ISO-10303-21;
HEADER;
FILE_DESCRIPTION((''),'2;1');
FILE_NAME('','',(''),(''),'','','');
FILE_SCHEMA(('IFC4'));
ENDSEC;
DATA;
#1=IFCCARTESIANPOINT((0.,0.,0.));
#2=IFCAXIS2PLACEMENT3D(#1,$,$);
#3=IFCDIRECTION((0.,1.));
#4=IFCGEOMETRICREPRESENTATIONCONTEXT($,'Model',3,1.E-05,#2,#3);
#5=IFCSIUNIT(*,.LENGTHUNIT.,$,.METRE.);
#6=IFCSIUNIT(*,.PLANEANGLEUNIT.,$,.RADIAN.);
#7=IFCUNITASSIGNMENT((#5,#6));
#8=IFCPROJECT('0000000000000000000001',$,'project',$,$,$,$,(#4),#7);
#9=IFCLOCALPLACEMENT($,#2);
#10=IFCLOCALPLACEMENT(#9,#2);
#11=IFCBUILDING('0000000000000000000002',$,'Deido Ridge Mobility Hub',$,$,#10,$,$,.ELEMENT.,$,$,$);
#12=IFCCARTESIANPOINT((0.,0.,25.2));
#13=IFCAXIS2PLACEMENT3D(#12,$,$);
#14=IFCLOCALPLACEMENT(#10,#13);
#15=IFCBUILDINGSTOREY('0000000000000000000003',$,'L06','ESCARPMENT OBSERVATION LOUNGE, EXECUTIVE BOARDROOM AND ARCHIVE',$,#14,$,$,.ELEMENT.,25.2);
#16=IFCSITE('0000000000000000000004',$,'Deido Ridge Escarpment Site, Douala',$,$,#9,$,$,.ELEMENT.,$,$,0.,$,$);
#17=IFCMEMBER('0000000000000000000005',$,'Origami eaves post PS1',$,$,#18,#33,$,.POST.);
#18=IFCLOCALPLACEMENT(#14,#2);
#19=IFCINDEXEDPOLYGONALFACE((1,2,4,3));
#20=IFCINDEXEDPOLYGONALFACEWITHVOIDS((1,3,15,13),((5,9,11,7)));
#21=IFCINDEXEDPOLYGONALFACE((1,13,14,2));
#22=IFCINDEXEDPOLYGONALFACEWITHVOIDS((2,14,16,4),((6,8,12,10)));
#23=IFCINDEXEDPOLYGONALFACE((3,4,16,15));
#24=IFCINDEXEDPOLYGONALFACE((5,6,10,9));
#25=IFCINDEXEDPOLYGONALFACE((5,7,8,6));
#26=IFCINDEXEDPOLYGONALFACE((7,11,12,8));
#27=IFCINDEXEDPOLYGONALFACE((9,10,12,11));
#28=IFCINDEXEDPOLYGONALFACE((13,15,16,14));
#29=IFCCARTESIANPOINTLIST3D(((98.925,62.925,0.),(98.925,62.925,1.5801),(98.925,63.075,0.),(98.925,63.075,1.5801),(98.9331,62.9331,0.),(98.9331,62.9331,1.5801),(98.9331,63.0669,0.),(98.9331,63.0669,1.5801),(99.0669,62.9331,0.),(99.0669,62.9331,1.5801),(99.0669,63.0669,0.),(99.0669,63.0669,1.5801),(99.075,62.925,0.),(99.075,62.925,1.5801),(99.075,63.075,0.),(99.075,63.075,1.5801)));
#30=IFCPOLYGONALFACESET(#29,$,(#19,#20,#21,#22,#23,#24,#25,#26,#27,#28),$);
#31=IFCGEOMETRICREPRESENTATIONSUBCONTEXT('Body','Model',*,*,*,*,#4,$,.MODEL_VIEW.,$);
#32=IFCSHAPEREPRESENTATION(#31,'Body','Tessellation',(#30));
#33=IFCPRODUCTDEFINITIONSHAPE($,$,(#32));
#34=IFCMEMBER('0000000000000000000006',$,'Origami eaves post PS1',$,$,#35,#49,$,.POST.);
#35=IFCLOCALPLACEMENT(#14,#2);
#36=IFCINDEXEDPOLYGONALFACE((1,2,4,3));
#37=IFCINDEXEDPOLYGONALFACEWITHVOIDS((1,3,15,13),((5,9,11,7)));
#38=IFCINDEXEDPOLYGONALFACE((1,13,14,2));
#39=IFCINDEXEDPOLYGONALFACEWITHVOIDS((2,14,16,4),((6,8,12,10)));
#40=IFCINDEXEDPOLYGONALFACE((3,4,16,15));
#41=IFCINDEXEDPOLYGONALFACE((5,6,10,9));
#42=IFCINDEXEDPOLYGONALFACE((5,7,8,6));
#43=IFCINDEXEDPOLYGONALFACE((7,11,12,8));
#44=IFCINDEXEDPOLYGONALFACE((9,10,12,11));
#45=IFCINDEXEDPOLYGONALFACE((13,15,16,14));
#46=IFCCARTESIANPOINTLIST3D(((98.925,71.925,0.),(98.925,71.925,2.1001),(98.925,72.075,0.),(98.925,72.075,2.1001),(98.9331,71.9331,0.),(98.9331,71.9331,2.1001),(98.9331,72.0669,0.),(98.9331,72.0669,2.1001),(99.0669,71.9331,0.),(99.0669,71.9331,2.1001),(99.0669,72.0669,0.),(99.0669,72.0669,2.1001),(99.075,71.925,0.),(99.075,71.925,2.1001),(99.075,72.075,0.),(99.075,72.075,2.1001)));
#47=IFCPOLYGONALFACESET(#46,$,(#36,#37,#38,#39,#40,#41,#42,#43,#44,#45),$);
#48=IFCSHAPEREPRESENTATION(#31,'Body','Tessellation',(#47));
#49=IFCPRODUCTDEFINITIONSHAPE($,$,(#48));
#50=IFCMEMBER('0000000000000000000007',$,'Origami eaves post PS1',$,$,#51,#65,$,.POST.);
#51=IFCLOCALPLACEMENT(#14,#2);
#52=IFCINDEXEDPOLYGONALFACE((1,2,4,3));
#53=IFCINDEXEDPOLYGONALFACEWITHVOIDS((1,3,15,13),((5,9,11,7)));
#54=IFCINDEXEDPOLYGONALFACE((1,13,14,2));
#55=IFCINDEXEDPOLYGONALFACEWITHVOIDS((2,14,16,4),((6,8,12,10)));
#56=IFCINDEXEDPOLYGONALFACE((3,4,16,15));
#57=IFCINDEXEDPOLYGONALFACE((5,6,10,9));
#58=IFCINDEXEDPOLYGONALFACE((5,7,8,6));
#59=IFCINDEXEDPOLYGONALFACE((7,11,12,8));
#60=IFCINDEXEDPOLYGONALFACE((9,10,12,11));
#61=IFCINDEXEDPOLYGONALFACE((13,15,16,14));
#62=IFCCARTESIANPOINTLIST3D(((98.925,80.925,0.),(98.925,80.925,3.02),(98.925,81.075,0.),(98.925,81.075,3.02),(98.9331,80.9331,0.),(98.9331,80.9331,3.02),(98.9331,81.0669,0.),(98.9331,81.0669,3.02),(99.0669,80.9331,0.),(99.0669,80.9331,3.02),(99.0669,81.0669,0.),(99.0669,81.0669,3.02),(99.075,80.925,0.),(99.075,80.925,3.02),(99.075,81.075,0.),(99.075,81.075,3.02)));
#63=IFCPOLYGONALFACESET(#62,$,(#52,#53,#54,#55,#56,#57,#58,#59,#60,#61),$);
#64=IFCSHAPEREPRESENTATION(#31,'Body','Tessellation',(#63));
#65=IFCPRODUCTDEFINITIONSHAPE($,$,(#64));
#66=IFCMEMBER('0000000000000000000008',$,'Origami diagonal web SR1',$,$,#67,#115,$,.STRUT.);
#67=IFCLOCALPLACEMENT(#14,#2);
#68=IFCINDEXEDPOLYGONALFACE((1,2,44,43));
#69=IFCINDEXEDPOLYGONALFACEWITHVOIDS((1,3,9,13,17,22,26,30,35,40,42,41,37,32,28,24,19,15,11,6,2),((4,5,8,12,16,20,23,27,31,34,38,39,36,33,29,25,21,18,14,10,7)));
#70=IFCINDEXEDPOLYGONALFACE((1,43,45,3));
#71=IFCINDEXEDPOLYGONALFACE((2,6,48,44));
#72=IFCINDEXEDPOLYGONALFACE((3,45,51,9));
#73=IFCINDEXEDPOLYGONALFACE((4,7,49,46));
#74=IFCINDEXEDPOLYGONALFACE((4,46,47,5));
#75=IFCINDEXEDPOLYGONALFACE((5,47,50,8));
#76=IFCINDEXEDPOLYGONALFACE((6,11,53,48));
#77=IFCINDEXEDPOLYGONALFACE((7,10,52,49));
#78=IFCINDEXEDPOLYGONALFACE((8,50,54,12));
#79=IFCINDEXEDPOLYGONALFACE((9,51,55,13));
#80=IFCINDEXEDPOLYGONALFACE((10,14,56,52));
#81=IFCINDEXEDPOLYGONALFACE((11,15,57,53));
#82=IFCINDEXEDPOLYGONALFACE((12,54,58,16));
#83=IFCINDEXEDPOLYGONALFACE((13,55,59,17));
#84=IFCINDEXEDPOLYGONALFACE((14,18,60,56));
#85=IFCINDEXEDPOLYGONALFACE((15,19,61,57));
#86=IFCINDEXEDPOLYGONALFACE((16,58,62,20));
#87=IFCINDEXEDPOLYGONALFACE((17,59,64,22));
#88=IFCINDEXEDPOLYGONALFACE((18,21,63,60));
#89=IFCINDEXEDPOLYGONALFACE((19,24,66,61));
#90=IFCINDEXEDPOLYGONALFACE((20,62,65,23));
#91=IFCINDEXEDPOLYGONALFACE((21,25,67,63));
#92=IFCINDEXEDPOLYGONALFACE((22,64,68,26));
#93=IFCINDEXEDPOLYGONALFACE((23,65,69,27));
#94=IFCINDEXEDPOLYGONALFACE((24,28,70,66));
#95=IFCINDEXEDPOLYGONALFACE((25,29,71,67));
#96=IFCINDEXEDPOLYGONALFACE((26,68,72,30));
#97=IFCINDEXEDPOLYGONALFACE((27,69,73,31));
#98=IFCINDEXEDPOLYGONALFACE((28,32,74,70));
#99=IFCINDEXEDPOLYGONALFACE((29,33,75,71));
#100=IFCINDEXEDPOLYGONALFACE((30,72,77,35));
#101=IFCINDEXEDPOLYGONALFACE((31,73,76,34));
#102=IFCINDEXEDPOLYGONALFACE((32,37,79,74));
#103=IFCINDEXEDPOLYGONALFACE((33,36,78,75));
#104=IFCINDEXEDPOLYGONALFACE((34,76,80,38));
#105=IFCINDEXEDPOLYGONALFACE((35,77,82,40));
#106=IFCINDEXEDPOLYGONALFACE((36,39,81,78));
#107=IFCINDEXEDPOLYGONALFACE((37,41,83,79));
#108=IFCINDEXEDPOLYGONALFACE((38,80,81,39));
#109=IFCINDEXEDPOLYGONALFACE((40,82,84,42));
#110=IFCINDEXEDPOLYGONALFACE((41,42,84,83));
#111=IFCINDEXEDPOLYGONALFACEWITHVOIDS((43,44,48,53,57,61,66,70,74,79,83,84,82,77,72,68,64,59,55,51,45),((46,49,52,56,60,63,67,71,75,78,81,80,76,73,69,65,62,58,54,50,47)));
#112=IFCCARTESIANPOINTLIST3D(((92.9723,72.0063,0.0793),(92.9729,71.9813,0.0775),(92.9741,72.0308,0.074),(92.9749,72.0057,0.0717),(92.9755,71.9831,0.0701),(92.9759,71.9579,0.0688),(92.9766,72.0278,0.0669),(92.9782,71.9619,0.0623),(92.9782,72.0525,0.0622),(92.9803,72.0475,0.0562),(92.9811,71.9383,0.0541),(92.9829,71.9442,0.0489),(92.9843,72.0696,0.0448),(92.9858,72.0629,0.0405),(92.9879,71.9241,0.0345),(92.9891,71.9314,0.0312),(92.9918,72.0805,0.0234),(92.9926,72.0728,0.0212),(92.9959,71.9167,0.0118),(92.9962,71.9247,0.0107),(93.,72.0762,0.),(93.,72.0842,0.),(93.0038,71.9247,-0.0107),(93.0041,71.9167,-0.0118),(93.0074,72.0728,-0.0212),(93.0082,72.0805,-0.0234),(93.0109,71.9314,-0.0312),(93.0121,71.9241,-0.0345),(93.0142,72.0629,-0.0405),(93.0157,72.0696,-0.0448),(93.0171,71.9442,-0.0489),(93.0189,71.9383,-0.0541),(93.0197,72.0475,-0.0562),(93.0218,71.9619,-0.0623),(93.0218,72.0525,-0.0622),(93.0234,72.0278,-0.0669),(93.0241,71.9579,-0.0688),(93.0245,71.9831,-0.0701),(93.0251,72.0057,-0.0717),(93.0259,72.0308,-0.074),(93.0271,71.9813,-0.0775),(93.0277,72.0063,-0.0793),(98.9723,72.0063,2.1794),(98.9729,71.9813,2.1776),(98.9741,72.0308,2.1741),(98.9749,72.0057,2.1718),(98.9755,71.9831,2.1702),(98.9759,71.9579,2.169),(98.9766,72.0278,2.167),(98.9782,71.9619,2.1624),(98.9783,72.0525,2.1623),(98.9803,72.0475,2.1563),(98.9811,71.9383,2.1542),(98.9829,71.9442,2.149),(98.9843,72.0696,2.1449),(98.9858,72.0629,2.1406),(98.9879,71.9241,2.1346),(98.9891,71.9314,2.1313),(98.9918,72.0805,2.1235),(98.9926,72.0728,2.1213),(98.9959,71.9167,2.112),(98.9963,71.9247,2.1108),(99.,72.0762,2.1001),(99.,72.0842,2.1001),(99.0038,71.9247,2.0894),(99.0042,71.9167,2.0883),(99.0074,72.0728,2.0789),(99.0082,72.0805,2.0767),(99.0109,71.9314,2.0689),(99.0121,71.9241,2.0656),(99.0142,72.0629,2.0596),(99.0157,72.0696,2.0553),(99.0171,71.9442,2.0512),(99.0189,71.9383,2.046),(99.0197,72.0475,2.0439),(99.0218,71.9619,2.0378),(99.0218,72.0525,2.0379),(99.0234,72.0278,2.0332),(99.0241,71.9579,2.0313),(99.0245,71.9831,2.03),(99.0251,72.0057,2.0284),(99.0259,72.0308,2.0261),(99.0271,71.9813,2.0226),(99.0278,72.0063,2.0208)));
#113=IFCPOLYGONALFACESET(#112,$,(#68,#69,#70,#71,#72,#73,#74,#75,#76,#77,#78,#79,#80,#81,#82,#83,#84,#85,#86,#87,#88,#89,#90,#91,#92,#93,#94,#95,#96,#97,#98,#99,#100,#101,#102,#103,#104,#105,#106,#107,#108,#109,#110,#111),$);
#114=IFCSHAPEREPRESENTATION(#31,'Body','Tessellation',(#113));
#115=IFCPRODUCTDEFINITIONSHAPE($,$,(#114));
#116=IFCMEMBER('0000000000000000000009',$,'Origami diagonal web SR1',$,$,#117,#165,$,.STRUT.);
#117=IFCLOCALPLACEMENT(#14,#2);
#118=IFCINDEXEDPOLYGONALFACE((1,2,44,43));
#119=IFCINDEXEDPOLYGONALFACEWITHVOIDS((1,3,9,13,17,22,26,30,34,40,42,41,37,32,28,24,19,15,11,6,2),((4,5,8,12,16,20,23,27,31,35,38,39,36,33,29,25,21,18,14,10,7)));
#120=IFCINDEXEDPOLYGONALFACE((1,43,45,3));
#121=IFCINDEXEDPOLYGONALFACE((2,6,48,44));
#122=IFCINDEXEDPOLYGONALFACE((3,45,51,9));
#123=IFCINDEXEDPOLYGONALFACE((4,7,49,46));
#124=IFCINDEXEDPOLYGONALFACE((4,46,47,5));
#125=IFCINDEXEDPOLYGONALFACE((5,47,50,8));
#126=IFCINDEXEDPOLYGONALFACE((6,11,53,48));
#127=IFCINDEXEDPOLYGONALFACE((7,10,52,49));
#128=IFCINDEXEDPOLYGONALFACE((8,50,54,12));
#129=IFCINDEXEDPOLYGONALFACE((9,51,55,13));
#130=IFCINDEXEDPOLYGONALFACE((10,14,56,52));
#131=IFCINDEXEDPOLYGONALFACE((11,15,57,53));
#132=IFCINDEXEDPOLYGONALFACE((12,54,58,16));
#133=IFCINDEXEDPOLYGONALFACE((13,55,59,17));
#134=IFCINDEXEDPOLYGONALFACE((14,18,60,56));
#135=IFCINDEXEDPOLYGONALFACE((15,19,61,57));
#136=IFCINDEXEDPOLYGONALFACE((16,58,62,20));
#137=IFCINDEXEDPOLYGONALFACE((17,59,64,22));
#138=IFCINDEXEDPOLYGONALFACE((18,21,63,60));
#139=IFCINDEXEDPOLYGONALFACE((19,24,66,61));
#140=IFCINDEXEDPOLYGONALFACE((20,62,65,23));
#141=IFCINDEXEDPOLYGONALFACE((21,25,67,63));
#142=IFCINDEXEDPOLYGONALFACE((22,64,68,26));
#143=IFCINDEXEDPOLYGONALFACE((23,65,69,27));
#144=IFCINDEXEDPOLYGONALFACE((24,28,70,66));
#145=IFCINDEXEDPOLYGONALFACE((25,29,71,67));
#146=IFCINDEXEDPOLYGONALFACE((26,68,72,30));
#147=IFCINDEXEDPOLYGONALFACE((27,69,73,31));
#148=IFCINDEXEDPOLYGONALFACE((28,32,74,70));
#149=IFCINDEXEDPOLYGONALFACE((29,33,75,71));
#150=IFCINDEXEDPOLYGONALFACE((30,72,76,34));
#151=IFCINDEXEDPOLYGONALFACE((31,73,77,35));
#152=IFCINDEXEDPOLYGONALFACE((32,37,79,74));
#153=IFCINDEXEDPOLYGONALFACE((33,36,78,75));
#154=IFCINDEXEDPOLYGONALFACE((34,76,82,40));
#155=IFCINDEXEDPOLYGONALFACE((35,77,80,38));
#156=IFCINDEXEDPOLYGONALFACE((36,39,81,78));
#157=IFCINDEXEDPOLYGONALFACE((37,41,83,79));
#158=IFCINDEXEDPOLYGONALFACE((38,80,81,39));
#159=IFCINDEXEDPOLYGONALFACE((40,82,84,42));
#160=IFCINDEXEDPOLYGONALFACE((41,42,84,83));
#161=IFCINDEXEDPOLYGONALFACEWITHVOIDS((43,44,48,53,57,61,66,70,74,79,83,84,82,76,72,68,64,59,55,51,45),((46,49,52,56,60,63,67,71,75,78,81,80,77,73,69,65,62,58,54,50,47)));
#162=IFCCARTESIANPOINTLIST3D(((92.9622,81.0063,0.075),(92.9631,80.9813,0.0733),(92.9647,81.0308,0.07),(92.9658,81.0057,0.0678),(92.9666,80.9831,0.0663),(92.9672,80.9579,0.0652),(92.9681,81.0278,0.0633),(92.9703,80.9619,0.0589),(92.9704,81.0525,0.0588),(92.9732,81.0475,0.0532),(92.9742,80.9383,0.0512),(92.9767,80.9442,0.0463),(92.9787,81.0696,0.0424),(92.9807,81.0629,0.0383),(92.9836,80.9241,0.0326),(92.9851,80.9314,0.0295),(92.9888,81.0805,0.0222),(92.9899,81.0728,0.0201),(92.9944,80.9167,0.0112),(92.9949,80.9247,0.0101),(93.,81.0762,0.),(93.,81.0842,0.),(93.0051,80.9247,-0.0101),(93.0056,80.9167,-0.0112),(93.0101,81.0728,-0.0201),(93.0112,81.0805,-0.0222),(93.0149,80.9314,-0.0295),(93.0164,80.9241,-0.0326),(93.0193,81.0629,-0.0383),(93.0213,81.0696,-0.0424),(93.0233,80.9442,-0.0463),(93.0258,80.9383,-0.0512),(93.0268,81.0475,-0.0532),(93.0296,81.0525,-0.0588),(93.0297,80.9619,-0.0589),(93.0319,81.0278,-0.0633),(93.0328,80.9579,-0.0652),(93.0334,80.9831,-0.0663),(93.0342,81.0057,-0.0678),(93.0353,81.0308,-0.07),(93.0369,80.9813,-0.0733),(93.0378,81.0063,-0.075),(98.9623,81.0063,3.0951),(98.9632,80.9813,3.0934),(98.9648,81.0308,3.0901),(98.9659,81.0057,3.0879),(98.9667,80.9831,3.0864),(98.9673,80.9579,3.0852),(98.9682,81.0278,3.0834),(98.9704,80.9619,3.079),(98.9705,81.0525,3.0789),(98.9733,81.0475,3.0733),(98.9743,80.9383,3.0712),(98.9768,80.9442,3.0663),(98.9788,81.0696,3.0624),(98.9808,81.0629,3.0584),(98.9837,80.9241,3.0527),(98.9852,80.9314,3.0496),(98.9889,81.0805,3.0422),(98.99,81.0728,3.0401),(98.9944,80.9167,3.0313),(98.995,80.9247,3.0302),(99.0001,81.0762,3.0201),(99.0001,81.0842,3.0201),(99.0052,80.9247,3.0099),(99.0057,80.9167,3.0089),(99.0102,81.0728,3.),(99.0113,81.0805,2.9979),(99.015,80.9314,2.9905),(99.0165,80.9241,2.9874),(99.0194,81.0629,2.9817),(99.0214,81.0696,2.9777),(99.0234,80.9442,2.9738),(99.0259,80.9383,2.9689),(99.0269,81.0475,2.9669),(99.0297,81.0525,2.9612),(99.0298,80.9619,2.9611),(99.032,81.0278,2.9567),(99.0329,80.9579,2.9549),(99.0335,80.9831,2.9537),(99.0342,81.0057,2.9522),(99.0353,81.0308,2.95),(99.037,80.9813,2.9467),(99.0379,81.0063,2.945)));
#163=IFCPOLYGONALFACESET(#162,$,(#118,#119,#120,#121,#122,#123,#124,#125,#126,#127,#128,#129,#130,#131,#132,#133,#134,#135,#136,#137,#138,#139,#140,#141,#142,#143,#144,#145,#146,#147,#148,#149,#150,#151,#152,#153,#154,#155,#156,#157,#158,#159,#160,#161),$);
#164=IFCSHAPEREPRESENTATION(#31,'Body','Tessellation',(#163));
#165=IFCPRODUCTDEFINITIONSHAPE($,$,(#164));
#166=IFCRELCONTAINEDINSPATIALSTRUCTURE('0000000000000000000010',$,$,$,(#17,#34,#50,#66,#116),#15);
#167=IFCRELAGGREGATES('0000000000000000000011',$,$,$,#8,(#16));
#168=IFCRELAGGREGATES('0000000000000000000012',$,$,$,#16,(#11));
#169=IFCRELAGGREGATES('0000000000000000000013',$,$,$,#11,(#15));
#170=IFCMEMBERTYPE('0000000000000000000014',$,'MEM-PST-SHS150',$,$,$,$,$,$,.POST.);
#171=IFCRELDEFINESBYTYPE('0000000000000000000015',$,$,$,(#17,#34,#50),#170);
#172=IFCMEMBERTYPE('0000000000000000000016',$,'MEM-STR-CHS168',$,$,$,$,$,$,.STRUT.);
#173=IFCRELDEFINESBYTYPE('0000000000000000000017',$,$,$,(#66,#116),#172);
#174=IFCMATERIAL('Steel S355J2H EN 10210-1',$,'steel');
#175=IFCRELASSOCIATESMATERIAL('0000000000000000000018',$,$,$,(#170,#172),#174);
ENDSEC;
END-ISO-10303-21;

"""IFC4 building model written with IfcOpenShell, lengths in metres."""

from ifc_helpers import new_model, si_unit, direction, frame, origin, origin_2d, place, context, subcontext, project, spatial, hollow_rectangle, hollow_circle, extrude, material, material_profile, profile_set, type_object, element, save


model = new_model("IFC4")

# Units and contexts
model_context = context("Model", 3, precision=1e-05, world=origin(), true_north=direction((0.0, 1.0)))
body_context = subcontext(model_context, "Body", "Model", "MODEL_VIEW")
ifc_project = project(units=[si_unit("LENGTHUNIT", "METRE"), si_unit("PLANEANGLEUNIT", "RADIAN")], contexts=[model_context])

# Site, building, storey
site_placement = place(None, origin())
site = spatial("IfcSite", under=ifc_project, at=site_placement, Name="Deido Ridge Escarpment Site, Douala", CompositionType="ELEMENT", RefElevation=0.0)
building_placement = place(site_placement, origin())
building = spatial("IfcBuilding", under=site, at=building_placement, Name="Deido Ridge Mobility Hub", CompositionType="ELEMENT")
storey_placement = place(building_placement, frame((0.0, 0.0, 25.2)))
storey = spatial("IfcBuildingStorey", under=building, at=storey_placement, Name="L06", Description="ESCARPMENT OBSERVATION LOUNGE, EXECUTIVE BOARDROOM AND ARCHIVE", CompositionType="ELEMENT", Elevation=25.2)

# Shared definitions
ifc_material_1 = material(Name="Steel S355J2H EN 10210-1", Category="steel")

# Members
ifc_material_profile_1 = material_profile(ifc_material_1, hollow_rectangle(XDim=0.1499, YDim=0.1499, WallThickness=0.0081, at=origin_2d()), Name="SHS 150x150x8")
ifc_profile_set_1 = profile_set([ifc_material_profile_1], Name="Steel S355J2H EN 10210-1")
member_type_1 = type_object("IfcMemberType", Name="MEM-PST-SHS150", PredefinedType="POST", material=ifc_profile_set_1)
member_1_placement = place(storey_placement, frame((99.0, 63.0, 0.0), z_axis=(0.0, 0.0, 1.0), x_axis=(1.0, 0.0, 0.0)))
element("IfcMember", 1, at=member_1_placement, inside=storey, type_object=member_type_1, Name="Origami eaves post PS1", PredefinedType="POST", context=body_context, shape_type="SweptSolid", body=[
    extrude(hollow_rectangle(XDim=0.1499, YDim=0.1499, WallThickness=0.0081, at=origin_2d()), origin(), (0.0, 0.0, 1.0), 1.5801),
])
member_2_placement = place(storey_placement, frame((99.0, 72.0, 0.0), z_axis=(0.0, 0.0, 1.0), x_axis=(1.0, 0.0, 0.0)))
element("IfcMember", 2, at=member_2_placement, inside=storey, type_object=member_type_1, Name="Origami eaves post PS1", PredefinedType="POST", context=body_context, shape_type="SweptSolid", body=[
    extrude(hollow_rectangle(XDim=0.1499, YDim=0.1499, WallThickness=0.0081, at=origin_2d()), origin(), (0.0, 0.0, 1.0), 2.1001),
])
member_3_placement = place(storey_placement, frame((99.0, 81.0, 0.0), z_axis=(0.0, 0.0, 1.0), x_axis=(1.0, 0.0, 0.0)))
element("IfcMember", 3, at=member_3_placement, inside=storey, type_object=member_type_1, Name="Origami eaves post PS1", PredefinedType="POST", context=body_context, shape_type="SweptSolid", body=[
    extrude(hollow_rectangle(XDim=0.1499, YDim=0.1499, WallThickness=0.0081, at=origin_2d()), origin(), (0.0, 0.0, 1.0), 3.02),
])
ifc_material_profile_2 = material_profile(ifc_material_1, hollow_circle(Radius=0.0842, WallThickness=0.0081, at=origin_2d()), Name="CHS 168.3x8")
ifc_profile_set_2 = profile_set([ifc_material_profile_2], Name="Steel S355J2H EN 10210-1")
member_type_2 = type_object("IfcMemberType", Name="MEM-STR-CHS168", PredefinedType="STRUT", material=ifc_profile_set_2)
member_4_placement = place(storey_placement, frame((93.0, 72.0, 0.0), z_axis=(0.943854, 0.0, 0.330364), x_axis=(0.0, 1.0, 0.0)))
element("IfcMember", 4, at=member_4_placement, inside=storey, type_object=member_type_2, Name="Origami diagonal web SR1", PredefinedType="STRUT", context=body_context, shape_type="SweptSolid", body=[
    extrude(hollow_circle(Radius=0.0842, WallThickness=0.0081, at=origin_2d()), origin(), (0.0, 0.0, 1.0), 6.3569),
])
member_5_placement = place(storey_placement, frame((93.0, 81.0, 0.0), z_axis=(0.893232, 0.0, 0.449596), x_axis=(0.0, 1.0, 0.0)))
element("IfcMember", 5, at=member_5_placement, inside=storey, type_object=member_type_2, Name="Origami diagonal web SR1", PredefinedType="STRUT", context=body_context, shape_type="SweptSolid", body=[
    extrude(hollow_circle(Radius=0.0842, WallThickness=0.0081, at=origin_2d()), origin(), (0.0, 0.0, 1.0), 6.7173),
])

save(model, "model.ifc")
